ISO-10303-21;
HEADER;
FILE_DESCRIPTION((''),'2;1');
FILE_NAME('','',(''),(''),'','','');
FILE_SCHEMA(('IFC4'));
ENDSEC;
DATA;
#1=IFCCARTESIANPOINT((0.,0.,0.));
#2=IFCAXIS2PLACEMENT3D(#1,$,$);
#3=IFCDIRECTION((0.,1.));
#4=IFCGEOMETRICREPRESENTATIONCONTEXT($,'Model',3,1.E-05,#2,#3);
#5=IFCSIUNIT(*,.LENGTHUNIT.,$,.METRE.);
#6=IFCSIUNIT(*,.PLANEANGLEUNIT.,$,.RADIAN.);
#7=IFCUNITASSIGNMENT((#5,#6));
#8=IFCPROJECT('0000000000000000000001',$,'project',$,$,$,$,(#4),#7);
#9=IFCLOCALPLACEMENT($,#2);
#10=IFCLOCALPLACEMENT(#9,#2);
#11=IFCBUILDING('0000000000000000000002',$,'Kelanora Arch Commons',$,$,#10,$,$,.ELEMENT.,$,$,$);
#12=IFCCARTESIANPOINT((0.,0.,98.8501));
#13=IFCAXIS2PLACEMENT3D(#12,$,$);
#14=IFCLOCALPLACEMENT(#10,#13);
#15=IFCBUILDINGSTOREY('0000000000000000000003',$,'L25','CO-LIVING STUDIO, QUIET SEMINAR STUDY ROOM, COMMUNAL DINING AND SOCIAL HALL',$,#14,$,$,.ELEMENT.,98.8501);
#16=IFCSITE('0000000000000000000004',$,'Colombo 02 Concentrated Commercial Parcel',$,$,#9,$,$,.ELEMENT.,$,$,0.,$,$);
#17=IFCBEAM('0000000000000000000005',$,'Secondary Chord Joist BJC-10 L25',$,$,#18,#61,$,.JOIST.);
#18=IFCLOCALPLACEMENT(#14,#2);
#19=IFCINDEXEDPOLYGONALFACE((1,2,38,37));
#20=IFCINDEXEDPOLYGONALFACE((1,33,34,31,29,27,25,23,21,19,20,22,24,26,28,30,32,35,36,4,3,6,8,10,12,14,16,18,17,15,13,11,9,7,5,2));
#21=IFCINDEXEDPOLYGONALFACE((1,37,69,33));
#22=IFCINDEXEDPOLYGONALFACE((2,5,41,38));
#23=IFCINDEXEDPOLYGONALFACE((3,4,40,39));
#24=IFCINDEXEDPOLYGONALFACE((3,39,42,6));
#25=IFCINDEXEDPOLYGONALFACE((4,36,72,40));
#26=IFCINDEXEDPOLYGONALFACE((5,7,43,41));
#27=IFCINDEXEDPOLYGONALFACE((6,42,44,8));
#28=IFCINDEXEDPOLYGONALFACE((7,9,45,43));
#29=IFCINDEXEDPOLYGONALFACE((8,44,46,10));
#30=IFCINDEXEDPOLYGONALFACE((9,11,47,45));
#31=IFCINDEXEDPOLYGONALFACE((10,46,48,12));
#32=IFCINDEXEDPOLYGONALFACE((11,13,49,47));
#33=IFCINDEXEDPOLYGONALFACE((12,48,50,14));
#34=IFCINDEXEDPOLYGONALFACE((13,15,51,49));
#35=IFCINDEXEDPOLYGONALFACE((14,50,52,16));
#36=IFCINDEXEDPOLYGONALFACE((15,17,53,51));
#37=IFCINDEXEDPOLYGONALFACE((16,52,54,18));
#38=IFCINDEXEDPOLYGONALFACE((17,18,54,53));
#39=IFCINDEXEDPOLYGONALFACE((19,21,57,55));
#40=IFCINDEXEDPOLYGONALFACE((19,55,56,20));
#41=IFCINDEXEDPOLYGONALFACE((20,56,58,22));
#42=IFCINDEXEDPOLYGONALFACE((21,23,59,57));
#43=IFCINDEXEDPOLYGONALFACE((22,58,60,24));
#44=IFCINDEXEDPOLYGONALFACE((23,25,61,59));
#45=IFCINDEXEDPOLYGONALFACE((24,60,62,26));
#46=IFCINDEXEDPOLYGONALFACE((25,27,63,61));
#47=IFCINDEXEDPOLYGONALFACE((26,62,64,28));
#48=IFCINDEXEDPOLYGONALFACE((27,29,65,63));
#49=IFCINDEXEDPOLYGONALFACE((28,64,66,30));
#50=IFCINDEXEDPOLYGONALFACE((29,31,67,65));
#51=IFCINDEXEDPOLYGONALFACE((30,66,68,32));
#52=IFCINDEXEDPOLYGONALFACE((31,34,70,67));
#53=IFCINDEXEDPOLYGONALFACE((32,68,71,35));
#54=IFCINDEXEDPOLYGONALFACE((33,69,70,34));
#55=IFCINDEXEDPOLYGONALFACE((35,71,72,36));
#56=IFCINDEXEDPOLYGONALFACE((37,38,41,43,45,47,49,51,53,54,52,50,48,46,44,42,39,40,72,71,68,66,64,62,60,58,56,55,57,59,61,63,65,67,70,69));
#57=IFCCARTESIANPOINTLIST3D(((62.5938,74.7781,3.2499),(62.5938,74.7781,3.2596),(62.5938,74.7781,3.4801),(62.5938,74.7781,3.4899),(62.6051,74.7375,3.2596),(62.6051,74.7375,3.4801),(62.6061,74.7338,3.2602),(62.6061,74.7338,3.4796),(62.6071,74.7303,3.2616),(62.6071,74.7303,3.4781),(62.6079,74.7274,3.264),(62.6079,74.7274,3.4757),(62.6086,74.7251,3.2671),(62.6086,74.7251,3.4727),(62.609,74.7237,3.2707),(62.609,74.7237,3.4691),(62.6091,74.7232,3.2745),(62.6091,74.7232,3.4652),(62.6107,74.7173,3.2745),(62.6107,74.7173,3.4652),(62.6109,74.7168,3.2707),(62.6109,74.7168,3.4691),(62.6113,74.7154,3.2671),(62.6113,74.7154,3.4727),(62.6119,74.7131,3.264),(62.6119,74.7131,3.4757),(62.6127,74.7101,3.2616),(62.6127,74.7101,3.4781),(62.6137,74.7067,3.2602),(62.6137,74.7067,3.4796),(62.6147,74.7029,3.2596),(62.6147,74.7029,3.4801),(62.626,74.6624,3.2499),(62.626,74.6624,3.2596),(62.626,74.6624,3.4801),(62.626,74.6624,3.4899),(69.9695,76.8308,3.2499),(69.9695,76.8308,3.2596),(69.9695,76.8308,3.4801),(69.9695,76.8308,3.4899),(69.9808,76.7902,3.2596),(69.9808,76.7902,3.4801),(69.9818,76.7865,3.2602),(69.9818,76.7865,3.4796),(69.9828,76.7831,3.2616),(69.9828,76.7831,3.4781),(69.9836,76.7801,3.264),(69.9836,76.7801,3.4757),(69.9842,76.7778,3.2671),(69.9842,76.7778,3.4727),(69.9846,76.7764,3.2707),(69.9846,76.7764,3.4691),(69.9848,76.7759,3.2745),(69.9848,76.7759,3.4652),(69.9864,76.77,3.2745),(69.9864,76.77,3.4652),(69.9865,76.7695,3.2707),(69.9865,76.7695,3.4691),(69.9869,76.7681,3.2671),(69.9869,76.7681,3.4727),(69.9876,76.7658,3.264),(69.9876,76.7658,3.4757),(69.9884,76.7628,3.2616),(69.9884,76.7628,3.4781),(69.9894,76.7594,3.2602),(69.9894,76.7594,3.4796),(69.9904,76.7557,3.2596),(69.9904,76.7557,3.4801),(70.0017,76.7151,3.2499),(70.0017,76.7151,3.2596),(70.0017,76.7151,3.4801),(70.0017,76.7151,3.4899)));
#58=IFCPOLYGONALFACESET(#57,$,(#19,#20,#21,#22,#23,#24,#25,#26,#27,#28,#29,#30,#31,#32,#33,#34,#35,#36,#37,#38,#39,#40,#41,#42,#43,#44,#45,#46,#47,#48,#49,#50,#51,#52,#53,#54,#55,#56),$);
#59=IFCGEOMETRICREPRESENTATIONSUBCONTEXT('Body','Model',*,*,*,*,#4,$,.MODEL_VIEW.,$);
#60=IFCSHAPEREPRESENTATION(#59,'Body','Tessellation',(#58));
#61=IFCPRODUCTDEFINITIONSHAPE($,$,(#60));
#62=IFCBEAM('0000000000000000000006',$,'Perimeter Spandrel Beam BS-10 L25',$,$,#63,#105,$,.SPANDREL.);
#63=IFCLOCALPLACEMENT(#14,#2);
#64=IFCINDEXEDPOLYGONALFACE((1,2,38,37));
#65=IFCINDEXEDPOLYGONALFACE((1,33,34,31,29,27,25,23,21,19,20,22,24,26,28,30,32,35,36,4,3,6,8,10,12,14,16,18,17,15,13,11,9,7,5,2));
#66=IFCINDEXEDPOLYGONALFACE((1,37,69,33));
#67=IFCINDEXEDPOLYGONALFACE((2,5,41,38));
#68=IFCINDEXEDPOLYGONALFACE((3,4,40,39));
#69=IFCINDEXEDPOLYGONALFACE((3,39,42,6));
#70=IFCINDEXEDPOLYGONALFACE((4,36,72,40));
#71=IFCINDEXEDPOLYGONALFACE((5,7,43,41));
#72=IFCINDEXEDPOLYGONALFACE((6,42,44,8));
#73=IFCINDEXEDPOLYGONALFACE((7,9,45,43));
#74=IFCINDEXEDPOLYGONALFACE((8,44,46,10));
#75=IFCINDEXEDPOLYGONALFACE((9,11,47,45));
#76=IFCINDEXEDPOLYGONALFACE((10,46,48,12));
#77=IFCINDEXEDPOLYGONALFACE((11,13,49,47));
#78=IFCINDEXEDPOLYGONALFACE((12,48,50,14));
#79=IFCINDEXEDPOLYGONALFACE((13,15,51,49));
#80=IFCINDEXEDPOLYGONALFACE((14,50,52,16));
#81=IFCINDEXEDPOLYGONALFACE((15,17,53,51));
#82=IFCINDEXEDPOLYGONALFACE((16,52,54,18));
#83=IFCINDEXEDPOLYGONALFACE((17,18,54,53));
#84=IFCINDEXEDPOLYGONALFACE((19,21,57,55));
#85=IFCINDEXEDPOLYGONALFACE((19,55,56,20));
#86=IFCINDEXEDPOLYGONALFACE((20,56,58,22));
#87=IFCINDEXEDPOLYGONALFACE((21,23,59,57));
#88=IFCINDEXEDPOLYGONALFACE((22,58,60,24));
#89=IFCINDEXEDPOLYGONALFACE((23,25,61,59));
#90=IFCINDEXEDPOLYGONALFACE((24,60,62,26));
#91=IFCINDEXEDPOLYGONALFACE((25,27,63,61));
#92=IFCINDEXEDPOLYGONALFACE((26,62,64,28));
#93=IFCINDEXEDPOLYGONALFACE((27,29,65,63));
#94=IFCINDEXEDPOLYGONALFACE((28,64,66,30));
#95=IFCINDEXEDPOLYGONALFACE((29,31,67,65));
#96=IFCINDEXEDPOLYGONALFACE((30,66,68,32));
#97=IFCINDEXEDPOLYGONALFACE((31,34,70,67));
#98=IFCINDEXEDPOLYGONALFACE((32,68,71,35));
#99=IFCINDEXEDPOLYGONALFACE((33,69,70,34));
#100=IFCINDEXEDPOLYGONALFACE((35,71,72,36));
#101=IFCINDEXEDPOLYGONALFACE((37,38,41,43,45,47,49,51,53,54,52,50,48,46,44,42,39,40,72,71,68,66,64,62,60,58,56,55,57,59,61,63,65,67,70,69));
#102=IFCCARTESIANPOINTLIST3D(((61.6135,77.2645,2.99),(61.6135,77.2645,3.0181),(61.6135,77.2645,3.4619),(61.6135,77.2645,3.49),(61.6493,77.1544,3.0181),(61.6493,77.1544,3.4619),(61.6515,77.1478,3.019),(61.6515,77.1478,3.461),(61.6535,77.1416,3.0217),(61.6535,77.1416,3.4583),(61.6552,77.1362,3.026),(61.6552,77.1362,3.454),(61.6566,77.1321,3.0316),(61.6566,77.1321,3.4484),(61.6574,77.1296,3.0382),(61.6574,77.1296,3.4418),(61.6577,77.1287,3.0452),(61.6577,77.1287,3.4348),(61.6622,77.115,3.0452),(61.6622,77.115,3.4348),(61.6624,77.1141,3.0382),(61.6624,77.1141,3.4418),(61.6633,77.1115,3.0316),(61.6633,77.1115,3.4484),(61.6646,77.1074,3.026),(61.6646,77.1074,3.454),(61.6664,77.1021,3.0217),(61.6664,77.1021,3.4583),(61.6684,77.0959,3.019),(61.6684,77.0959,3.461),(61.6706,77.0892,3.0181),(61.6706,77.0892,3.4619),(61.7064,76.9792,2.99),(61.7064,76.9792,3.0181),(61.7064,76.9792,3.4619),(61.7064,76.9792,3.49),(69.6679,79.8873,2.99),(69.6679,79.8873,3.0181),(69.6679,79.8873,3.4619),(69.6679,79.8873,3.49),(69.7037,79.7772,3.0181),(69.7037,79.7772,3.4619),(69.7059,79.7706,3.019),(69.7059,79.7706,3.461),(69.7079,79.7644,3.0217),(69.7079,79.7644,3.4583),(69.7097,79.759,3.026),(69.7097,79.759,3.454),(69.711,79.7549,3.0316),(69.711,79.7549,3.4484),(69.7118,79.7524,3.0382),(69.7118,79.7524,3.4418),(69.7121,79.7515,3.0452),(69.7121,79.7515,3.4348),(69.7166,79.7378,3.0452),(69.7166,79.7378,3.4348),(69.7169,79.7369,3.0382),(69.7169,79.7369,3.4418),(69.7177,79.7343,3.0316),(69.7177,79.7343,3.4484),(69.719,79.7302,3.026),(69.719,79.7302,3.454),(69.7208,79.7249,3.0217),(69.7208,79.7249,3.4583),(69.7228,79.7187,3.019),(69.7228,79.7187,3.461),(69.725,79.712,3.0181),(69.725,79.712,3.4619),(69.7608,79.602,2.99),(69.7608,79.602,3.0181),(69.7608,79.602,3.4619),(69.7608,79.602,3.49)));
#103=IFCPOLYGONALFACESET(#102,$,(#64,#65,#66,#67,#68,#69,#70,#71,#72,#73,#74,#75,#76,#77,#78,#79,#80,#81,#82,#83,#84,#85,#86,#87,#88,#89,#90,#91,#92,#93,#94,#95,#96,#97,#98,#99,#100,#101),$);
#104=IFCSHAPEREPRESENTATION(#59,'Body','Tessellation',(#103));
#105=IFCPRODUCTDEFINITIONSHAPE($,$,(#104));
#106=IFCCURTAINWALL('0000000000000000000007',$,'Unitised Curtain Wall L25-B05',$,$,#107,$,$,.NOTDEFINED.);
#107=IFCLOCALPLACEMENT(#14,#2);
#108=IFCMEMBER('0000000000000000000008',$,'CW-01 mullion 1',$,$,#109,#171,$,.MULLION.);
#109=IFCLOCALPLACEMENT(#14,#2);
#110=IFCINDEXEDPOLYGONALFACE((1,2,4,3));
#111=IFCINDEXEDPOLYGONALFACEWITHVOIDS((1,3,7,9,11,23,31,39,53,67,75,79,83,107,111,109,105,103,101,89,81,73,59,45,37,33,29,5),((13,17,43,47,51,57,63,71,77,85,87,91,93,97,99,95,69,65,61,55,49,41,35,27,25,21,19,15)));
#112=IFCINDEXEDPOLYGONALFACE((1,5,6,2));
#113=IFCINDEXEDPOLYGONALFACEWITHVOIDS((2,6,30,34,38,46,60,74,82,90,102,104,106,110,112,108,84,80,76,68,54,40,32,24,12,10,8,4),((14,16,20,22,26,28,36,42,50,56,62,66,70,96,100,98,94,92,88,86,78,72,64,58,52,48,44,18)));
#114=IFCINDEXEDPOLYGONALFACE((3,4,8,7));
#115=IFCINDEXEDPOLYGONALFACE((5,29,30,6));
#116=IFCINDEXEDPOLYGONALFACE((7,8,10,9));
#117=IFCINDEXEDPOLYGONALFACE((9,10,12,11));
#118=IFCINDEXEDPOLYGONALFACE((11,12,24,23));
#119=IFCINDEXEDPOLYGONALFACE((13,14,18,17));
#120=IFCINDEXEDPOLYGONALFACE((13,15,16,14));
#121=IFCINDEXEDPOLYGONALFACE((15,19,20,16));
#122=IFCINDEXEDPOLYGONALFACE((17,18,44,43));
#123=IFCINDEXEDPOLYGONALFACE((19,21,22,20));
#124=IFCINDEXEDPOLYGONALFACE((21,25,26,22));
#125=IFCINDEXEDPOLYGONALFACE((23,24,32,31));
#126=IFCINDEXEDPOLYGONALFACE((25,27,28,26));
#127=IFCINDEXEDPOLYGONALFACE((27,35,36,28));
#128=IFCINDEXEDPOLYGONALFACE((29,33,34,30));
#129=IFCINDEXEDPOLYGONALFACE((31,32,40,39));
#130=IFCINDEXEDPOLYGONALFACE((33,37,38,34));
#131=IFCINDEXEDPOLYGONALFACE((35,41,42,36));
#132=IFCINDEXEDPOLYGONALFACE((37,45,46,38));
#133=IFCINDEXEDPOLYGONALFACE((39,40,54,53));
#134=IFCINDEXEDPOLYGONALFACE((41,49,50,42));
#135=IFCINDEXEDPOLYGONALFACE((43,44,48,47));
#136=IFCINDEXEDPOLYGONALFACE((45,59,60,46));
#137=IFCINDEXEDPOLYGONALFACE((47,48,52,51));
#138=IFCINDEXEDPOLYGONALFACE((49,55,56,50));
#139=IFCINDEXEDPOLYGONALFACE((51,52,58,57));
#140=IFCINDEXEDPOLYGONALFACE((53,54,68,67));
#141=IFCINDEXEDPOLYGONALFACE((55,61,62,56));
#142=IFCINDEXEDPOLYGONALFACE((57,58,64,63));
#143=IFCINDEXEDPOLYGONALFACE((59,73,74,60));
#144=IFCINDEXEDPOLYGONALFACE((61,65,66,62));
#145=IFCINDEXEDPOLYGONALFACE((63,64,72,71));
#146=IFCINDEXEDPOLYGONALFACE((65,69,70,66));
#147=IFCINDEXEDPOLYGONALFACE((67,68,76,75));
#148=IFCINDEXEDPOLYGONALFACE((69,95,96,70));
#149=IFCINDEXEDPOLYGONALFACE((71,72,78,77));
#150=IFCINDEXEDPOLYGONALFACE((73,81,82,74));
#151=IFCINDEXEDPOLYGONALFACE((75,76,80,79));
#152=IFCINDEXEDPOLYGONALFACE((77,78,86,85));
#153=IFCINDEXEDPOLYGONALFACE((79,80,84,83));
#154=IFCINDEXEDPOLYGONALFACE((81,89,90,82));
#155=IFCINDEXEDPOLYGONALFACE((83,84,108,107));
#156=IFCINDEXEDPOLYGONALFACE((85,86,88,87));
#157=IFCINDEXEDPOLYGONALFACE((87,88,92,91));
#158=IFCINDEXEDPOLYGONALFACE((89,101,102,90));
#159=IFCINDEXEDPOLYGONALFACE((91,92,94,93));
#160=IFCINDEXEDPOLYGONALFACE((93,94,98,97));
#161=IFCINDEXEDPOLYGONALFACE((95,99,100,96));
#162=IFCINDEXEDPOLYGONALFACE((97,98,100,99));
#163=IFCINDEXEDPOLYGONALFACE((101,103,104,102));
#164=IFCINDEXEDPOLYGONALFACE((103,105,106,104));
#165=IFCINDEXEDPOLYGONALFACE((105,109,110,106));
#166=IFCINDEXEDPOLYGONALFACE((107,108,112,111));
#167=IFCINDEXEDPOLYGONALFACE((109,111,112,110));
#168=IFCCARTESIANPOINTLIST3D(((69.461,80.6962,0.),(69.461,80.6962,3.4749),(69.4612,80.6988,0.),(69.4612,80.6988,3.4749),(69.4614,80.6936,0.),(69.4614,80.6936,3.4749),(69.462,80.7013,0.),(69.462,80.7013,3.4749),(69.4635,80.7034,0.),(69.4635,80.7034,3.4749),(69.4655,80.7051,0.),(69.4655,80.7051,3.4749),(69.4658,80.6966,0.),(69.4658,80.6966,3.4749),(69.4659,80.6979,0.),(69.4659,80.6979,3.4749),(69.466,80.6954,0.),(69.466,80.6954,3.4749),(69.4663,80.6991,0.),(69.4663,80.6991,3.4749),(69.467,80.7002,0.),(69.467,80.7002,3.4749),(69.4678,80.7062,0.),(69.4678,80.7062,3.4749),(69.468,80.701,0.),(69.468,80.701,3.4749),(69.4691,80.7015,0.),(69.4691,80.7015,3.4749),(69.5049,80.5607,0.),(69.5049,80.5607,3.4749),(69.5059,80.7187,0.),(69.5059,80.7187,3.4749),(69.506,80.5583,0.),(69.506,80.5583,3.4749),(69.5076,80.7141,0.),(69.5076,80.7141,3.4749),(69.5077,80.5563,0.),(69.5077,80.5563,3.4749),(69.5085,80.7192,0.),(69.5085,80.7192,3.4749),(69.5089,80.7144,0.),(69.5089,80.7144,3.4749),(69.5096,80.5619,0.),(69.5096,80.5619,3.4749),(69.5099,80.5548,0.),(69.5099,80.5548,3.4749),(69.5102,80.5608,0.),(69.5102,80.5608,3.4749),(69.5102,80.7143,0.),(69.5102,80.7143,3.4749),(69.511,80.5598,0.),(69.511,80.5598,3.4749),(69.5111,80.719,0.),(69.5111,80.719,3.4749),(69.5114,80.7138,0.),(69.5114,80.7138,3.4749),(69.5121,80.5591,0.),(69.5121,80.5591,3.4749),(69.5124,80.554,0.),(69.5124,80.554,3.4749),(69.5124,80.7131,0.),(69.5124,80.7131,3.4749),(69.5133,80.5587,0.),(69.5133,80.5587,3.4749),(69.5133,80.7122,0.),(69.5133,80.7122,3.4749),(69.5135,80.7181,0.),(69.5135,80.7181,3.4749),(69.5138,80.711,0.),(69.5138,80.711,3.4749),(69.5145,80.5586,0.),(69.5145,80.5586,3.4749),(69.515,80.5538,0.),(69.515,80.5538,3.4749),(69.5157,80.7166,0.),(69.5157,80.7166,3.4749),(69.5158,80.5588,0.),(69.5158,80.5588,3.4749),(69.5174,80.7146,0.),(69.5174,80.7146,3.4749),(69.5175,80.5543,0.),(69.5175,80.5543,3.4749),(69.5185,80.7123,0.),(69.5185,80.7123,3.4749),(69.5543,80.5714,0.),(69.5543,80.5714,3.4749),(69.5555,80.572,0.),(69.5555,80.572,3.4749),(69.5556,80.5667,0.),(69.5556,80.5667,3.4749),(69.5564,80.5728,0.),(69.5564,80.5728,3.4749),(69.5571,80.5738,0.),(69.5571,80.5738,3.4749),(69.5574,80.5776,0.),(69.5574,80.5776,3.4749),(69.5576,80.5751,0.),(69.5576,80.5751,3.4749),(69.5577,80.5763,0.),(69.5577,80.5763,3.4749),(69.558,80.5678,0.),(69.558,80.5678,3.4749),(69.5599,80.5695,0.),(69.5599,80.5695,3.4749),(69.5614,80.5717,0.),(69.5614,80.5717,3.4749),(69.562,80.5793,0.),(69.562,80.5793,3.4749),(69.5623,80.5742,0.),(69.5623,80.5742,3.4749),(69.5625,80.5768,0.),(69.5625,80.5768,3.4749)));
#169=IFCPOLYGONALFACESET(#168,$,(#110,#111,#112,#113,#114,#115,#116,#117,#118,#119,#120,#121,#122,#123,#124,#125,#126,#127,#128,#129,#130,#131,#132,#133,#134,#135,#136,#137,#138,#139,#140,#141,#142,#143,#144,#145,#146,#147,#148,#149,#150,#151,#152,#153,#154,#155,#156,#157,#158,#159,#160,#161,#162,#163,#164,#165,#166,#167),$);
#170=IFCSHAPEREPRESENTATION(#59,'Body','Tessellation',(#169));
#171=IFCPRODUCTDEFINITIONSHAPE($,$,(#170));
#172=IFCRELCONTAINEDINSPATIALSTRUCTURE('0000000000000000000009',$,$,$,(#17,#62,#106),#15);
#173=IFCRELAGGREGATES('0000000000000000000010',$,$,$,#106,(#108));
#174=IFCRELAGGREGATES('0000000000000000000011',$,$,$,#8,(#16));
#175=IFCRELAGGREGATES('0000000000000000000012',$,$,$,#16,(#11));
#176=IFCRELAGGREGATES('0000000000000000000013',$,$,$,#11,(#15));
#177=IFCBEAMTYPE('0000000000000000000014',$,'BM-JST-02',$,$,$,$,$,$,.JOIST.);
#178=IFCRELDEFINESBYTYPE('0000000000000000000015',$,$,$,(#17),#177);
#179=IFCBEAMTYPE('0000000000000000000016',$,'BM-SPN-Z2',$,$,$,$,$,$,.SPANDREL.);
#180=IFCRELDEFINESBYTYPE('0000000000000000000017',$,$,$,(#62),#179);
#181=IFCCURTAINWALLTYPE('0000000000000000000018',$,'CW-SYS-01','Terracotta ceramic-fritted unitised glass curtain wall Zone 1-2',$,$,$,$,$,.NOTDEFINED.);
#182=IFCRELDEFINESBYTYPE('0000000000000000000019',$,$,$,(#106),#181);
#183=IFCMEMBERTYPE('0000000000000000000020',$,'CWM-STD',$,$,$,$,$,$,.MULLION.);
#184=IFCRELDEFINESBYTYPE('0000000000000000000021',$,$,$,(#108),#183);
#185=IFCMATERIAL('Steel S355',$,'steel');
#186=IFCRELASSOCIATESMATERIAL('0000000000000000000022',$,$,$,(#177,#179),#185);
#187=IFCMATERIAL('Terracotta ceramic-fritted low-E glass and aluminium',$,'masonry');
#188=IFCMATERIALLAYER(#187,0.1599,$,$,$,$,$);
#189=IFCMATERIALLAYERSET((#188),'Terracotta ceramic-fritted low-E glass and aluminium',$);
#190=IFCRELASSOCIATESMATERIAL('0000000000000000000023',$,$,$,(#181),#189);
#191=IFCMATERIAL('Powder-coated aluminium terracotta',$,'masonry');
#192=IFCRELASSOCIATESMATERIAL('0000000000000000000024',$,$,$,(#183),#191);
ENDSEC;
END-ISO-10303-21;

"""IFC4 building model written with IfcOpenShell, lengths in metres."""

from ifc_helpers import new_model, si_unit, direction, frame, origin, origin_2d, place, context, subcontext, project, spatial, hollow_rectangle, i_section, extrude, material, layer, layer_set, material_profile, profile_set, type_object, element, aggregate, save


model = new_model("IFC4")

# Units and contexts
model_context = context("Model", 3, precision=1e-05, world=origin(), true_north=direction((0.0, 1.0)))
body_context = subcontext(model_context, "Body", "Model", "MODEL_VIEW")
ifc_project = project(units=[si_unit("LENGTHUNIT", "METRE"), si_unit("PLANEANGLEUNIT", "RADIAN")], contexts=[model_context])

# Site, building, storey
site_placement = place(None, origin())
site = spatial("IfcSite", under=ifc_project, at=site_placement, Name="Colombo 02 Concentrated Commercial Parcel", CompositionType="ELEMENT", RefElevation=0.0)
building_placement = place(site_placement, origin())
building = spatial("IfcBuilding", under=site, at=building_placement, Name="Kelanora Arch Commons", CompositionType="ELEMENT")
storey_placement = place(building_placement, frame((0.0, 0.0, 98.8501)))
storey = spatial("IfcBuildingStorey", under=building, at=storey_placement, Name="L25", Description="CO-LIVING STUDIO, QUIET SEMINAR STUDY ROOM, COMMUNAL DINING AND SOCIAL HALL", CompositionType="ELEMENT", Elevation=98.8501)

# Beams
ifc_material_1 = material(Name="Steel S355", Category="steel")
ifc_material_profile_1 = material_profile(ifc_material_1, i_section(OverallWidth=0.1201, OverallDepth=0.24, WebThickness=0.0061, FlangeThickness=0.0098, FilletRadius=0.0149, at=origin_2d()), Name="IPE240")
ifc_profile_set_1 = profile_set([ifc_material_profile_1], Name="Steel S355")
beam_type_1 = type_object("IfcBeamType", Name="BM-JST-02", PredefinedType="JOIST", material=ifc_profile_set_1)
beam_1_placement = place(storey_placement, frame((69.9856, 76.7729, 3.3699), z_axis=(-0.963386, -0.268119, 0.0), x_axis=(0.268119, -0.963386, 0.0)))
element("IfcBeam", 1, at=beam_1_placement, inside=storey, type_object=beam_type_1, Name="Secondary Chord Joist BJC-10 L25", PredefinedType="JOIST", context=body_context, shape_type="SweptSolid", body=[
    extrude(i_section(OverallWidth=0.1201, OverallDepth=0.24, WebThickness=0.0061, FlangeThickness=0.0098, FilletRadius=0.0149, at=origin_2d()), origin(), (0.0, 0.0, 1.0), 7.656),
])
ifc_material_profile_2 = material_profile(ifc_material_1, i_section(OverallWidth=0.3, OverallDepth=0.5, WebThickness=0.0144, FlangeThickness=0.0281, FilletRadius=0.0271, at=origin_2d()), Name="HEB500")
ifc_profile_set_2 = profile_set([ifc_material_profile_2], Name="Steel S355")
beam_type_2 = type_object("IfcBeamType", Name="BM-SPN-Z2", PredefinedType="SPANDREL", material=ifc_profile_set_2)
beam_2_placement = place(storey_placement, frame((69.7144, 79.7446, 3.24), z_axis=(-0.950857, -0.309631, 0.0), x_axis=(0.309631, -0.950857, 0.0)))
element("IfcBeam", 2, at=beam_2_placement, inside=storey, type_object=beam_type_2, Name="Perimeter Spandrel Beam BS-10 L25", PredefinedType="SPANDREL", context=body_context, shape_type="SweptSolid", body=[
    extrude(i_section(OverallWidth=0.3, OverallDepth=0.5, WebThickness=0.0144, FlangeThickness=0.0281, FilletRadius=0.0271, at=origin_2d()), origin(), (0.0, 0.0, 1.0), 8.4707),
])

# Curtain wall, member
ifc_material_2 = material(Name="Terracotta ceramic-fritted low-E glass and aluminium", Category="masonry")
ifc_layer_1 = layer(ifc_material_2, 0.1599)
ifc_layer_set_1 = layer_set([ifc_layer_1], Name="Terracotta ceramic-fritted low-E glass and aluminium")
curtain_wall_type = type_object("IfcCurtainWallType", Name="CW-SYS-01", Description="Terracotta ceramic-fritted unitised glass curtain wall Zone 1-2", PredefinedType="NOTDEFINED", material=ifc_layer_set_1)
curtain_wall_placement = place(storey_placement, origin())
curtain_wall = element("IfcCurtainWall", 3, at=curtain_wall_placement, inside=storey, type_object=curtain_wall_type, Name="Unitised Curtain Wall L25-B05", PredefinedType="NOTDEFINED")
ifc_material_3 = material(Name="Powder-coated aluminium terracotta", Category="masonry")
ifc_material_profile_3 = material_profile(ifc_material_3, hollow_rectangle(XDim=0.1599, YDim=0.0601, WallThickness=0.0049, InnerFilletRadius=0.0049, OuterFilletRadius=0.01, at=origin_2d()), Name="CWM160x60")
ifc_profile_set_3 = profile_set([ifc_material_profile_3], Name="Powder-coated aluminium terracotta")
member_type_1 = type_object("IfcMemberType", Name="CWM-STD", PredefinedType="MULLION", material=ifc_profile_set_3)
member_1_placement = place(storey_placement, frame((69.5117, 80.6365, 0.0), z_axis=(0.0, 0.0, 1.0), x_axis=(0.310805, -0.950474, 0.0)))
member_1 = element("IfcMember", 4, at=member_1_placement, type_object=member_type_1, Name="CW-01 mullion 1", PredefinedType="MULLION", context=body_context, shape_type="SweptSolid", body=[
    extrude(hollow_rectangle(XDim=0.1599, YDim=0.0601, WallThickness=0.0049, InnerFilletRadius=0.0049, OuterFilletRadius=0.01, at=origin_2d()), origin(), (0.0, 0.0, 1.0), 3.4749),
])
aggregate(curtain_wall, [member_1])

save(model, "model.ifc")
